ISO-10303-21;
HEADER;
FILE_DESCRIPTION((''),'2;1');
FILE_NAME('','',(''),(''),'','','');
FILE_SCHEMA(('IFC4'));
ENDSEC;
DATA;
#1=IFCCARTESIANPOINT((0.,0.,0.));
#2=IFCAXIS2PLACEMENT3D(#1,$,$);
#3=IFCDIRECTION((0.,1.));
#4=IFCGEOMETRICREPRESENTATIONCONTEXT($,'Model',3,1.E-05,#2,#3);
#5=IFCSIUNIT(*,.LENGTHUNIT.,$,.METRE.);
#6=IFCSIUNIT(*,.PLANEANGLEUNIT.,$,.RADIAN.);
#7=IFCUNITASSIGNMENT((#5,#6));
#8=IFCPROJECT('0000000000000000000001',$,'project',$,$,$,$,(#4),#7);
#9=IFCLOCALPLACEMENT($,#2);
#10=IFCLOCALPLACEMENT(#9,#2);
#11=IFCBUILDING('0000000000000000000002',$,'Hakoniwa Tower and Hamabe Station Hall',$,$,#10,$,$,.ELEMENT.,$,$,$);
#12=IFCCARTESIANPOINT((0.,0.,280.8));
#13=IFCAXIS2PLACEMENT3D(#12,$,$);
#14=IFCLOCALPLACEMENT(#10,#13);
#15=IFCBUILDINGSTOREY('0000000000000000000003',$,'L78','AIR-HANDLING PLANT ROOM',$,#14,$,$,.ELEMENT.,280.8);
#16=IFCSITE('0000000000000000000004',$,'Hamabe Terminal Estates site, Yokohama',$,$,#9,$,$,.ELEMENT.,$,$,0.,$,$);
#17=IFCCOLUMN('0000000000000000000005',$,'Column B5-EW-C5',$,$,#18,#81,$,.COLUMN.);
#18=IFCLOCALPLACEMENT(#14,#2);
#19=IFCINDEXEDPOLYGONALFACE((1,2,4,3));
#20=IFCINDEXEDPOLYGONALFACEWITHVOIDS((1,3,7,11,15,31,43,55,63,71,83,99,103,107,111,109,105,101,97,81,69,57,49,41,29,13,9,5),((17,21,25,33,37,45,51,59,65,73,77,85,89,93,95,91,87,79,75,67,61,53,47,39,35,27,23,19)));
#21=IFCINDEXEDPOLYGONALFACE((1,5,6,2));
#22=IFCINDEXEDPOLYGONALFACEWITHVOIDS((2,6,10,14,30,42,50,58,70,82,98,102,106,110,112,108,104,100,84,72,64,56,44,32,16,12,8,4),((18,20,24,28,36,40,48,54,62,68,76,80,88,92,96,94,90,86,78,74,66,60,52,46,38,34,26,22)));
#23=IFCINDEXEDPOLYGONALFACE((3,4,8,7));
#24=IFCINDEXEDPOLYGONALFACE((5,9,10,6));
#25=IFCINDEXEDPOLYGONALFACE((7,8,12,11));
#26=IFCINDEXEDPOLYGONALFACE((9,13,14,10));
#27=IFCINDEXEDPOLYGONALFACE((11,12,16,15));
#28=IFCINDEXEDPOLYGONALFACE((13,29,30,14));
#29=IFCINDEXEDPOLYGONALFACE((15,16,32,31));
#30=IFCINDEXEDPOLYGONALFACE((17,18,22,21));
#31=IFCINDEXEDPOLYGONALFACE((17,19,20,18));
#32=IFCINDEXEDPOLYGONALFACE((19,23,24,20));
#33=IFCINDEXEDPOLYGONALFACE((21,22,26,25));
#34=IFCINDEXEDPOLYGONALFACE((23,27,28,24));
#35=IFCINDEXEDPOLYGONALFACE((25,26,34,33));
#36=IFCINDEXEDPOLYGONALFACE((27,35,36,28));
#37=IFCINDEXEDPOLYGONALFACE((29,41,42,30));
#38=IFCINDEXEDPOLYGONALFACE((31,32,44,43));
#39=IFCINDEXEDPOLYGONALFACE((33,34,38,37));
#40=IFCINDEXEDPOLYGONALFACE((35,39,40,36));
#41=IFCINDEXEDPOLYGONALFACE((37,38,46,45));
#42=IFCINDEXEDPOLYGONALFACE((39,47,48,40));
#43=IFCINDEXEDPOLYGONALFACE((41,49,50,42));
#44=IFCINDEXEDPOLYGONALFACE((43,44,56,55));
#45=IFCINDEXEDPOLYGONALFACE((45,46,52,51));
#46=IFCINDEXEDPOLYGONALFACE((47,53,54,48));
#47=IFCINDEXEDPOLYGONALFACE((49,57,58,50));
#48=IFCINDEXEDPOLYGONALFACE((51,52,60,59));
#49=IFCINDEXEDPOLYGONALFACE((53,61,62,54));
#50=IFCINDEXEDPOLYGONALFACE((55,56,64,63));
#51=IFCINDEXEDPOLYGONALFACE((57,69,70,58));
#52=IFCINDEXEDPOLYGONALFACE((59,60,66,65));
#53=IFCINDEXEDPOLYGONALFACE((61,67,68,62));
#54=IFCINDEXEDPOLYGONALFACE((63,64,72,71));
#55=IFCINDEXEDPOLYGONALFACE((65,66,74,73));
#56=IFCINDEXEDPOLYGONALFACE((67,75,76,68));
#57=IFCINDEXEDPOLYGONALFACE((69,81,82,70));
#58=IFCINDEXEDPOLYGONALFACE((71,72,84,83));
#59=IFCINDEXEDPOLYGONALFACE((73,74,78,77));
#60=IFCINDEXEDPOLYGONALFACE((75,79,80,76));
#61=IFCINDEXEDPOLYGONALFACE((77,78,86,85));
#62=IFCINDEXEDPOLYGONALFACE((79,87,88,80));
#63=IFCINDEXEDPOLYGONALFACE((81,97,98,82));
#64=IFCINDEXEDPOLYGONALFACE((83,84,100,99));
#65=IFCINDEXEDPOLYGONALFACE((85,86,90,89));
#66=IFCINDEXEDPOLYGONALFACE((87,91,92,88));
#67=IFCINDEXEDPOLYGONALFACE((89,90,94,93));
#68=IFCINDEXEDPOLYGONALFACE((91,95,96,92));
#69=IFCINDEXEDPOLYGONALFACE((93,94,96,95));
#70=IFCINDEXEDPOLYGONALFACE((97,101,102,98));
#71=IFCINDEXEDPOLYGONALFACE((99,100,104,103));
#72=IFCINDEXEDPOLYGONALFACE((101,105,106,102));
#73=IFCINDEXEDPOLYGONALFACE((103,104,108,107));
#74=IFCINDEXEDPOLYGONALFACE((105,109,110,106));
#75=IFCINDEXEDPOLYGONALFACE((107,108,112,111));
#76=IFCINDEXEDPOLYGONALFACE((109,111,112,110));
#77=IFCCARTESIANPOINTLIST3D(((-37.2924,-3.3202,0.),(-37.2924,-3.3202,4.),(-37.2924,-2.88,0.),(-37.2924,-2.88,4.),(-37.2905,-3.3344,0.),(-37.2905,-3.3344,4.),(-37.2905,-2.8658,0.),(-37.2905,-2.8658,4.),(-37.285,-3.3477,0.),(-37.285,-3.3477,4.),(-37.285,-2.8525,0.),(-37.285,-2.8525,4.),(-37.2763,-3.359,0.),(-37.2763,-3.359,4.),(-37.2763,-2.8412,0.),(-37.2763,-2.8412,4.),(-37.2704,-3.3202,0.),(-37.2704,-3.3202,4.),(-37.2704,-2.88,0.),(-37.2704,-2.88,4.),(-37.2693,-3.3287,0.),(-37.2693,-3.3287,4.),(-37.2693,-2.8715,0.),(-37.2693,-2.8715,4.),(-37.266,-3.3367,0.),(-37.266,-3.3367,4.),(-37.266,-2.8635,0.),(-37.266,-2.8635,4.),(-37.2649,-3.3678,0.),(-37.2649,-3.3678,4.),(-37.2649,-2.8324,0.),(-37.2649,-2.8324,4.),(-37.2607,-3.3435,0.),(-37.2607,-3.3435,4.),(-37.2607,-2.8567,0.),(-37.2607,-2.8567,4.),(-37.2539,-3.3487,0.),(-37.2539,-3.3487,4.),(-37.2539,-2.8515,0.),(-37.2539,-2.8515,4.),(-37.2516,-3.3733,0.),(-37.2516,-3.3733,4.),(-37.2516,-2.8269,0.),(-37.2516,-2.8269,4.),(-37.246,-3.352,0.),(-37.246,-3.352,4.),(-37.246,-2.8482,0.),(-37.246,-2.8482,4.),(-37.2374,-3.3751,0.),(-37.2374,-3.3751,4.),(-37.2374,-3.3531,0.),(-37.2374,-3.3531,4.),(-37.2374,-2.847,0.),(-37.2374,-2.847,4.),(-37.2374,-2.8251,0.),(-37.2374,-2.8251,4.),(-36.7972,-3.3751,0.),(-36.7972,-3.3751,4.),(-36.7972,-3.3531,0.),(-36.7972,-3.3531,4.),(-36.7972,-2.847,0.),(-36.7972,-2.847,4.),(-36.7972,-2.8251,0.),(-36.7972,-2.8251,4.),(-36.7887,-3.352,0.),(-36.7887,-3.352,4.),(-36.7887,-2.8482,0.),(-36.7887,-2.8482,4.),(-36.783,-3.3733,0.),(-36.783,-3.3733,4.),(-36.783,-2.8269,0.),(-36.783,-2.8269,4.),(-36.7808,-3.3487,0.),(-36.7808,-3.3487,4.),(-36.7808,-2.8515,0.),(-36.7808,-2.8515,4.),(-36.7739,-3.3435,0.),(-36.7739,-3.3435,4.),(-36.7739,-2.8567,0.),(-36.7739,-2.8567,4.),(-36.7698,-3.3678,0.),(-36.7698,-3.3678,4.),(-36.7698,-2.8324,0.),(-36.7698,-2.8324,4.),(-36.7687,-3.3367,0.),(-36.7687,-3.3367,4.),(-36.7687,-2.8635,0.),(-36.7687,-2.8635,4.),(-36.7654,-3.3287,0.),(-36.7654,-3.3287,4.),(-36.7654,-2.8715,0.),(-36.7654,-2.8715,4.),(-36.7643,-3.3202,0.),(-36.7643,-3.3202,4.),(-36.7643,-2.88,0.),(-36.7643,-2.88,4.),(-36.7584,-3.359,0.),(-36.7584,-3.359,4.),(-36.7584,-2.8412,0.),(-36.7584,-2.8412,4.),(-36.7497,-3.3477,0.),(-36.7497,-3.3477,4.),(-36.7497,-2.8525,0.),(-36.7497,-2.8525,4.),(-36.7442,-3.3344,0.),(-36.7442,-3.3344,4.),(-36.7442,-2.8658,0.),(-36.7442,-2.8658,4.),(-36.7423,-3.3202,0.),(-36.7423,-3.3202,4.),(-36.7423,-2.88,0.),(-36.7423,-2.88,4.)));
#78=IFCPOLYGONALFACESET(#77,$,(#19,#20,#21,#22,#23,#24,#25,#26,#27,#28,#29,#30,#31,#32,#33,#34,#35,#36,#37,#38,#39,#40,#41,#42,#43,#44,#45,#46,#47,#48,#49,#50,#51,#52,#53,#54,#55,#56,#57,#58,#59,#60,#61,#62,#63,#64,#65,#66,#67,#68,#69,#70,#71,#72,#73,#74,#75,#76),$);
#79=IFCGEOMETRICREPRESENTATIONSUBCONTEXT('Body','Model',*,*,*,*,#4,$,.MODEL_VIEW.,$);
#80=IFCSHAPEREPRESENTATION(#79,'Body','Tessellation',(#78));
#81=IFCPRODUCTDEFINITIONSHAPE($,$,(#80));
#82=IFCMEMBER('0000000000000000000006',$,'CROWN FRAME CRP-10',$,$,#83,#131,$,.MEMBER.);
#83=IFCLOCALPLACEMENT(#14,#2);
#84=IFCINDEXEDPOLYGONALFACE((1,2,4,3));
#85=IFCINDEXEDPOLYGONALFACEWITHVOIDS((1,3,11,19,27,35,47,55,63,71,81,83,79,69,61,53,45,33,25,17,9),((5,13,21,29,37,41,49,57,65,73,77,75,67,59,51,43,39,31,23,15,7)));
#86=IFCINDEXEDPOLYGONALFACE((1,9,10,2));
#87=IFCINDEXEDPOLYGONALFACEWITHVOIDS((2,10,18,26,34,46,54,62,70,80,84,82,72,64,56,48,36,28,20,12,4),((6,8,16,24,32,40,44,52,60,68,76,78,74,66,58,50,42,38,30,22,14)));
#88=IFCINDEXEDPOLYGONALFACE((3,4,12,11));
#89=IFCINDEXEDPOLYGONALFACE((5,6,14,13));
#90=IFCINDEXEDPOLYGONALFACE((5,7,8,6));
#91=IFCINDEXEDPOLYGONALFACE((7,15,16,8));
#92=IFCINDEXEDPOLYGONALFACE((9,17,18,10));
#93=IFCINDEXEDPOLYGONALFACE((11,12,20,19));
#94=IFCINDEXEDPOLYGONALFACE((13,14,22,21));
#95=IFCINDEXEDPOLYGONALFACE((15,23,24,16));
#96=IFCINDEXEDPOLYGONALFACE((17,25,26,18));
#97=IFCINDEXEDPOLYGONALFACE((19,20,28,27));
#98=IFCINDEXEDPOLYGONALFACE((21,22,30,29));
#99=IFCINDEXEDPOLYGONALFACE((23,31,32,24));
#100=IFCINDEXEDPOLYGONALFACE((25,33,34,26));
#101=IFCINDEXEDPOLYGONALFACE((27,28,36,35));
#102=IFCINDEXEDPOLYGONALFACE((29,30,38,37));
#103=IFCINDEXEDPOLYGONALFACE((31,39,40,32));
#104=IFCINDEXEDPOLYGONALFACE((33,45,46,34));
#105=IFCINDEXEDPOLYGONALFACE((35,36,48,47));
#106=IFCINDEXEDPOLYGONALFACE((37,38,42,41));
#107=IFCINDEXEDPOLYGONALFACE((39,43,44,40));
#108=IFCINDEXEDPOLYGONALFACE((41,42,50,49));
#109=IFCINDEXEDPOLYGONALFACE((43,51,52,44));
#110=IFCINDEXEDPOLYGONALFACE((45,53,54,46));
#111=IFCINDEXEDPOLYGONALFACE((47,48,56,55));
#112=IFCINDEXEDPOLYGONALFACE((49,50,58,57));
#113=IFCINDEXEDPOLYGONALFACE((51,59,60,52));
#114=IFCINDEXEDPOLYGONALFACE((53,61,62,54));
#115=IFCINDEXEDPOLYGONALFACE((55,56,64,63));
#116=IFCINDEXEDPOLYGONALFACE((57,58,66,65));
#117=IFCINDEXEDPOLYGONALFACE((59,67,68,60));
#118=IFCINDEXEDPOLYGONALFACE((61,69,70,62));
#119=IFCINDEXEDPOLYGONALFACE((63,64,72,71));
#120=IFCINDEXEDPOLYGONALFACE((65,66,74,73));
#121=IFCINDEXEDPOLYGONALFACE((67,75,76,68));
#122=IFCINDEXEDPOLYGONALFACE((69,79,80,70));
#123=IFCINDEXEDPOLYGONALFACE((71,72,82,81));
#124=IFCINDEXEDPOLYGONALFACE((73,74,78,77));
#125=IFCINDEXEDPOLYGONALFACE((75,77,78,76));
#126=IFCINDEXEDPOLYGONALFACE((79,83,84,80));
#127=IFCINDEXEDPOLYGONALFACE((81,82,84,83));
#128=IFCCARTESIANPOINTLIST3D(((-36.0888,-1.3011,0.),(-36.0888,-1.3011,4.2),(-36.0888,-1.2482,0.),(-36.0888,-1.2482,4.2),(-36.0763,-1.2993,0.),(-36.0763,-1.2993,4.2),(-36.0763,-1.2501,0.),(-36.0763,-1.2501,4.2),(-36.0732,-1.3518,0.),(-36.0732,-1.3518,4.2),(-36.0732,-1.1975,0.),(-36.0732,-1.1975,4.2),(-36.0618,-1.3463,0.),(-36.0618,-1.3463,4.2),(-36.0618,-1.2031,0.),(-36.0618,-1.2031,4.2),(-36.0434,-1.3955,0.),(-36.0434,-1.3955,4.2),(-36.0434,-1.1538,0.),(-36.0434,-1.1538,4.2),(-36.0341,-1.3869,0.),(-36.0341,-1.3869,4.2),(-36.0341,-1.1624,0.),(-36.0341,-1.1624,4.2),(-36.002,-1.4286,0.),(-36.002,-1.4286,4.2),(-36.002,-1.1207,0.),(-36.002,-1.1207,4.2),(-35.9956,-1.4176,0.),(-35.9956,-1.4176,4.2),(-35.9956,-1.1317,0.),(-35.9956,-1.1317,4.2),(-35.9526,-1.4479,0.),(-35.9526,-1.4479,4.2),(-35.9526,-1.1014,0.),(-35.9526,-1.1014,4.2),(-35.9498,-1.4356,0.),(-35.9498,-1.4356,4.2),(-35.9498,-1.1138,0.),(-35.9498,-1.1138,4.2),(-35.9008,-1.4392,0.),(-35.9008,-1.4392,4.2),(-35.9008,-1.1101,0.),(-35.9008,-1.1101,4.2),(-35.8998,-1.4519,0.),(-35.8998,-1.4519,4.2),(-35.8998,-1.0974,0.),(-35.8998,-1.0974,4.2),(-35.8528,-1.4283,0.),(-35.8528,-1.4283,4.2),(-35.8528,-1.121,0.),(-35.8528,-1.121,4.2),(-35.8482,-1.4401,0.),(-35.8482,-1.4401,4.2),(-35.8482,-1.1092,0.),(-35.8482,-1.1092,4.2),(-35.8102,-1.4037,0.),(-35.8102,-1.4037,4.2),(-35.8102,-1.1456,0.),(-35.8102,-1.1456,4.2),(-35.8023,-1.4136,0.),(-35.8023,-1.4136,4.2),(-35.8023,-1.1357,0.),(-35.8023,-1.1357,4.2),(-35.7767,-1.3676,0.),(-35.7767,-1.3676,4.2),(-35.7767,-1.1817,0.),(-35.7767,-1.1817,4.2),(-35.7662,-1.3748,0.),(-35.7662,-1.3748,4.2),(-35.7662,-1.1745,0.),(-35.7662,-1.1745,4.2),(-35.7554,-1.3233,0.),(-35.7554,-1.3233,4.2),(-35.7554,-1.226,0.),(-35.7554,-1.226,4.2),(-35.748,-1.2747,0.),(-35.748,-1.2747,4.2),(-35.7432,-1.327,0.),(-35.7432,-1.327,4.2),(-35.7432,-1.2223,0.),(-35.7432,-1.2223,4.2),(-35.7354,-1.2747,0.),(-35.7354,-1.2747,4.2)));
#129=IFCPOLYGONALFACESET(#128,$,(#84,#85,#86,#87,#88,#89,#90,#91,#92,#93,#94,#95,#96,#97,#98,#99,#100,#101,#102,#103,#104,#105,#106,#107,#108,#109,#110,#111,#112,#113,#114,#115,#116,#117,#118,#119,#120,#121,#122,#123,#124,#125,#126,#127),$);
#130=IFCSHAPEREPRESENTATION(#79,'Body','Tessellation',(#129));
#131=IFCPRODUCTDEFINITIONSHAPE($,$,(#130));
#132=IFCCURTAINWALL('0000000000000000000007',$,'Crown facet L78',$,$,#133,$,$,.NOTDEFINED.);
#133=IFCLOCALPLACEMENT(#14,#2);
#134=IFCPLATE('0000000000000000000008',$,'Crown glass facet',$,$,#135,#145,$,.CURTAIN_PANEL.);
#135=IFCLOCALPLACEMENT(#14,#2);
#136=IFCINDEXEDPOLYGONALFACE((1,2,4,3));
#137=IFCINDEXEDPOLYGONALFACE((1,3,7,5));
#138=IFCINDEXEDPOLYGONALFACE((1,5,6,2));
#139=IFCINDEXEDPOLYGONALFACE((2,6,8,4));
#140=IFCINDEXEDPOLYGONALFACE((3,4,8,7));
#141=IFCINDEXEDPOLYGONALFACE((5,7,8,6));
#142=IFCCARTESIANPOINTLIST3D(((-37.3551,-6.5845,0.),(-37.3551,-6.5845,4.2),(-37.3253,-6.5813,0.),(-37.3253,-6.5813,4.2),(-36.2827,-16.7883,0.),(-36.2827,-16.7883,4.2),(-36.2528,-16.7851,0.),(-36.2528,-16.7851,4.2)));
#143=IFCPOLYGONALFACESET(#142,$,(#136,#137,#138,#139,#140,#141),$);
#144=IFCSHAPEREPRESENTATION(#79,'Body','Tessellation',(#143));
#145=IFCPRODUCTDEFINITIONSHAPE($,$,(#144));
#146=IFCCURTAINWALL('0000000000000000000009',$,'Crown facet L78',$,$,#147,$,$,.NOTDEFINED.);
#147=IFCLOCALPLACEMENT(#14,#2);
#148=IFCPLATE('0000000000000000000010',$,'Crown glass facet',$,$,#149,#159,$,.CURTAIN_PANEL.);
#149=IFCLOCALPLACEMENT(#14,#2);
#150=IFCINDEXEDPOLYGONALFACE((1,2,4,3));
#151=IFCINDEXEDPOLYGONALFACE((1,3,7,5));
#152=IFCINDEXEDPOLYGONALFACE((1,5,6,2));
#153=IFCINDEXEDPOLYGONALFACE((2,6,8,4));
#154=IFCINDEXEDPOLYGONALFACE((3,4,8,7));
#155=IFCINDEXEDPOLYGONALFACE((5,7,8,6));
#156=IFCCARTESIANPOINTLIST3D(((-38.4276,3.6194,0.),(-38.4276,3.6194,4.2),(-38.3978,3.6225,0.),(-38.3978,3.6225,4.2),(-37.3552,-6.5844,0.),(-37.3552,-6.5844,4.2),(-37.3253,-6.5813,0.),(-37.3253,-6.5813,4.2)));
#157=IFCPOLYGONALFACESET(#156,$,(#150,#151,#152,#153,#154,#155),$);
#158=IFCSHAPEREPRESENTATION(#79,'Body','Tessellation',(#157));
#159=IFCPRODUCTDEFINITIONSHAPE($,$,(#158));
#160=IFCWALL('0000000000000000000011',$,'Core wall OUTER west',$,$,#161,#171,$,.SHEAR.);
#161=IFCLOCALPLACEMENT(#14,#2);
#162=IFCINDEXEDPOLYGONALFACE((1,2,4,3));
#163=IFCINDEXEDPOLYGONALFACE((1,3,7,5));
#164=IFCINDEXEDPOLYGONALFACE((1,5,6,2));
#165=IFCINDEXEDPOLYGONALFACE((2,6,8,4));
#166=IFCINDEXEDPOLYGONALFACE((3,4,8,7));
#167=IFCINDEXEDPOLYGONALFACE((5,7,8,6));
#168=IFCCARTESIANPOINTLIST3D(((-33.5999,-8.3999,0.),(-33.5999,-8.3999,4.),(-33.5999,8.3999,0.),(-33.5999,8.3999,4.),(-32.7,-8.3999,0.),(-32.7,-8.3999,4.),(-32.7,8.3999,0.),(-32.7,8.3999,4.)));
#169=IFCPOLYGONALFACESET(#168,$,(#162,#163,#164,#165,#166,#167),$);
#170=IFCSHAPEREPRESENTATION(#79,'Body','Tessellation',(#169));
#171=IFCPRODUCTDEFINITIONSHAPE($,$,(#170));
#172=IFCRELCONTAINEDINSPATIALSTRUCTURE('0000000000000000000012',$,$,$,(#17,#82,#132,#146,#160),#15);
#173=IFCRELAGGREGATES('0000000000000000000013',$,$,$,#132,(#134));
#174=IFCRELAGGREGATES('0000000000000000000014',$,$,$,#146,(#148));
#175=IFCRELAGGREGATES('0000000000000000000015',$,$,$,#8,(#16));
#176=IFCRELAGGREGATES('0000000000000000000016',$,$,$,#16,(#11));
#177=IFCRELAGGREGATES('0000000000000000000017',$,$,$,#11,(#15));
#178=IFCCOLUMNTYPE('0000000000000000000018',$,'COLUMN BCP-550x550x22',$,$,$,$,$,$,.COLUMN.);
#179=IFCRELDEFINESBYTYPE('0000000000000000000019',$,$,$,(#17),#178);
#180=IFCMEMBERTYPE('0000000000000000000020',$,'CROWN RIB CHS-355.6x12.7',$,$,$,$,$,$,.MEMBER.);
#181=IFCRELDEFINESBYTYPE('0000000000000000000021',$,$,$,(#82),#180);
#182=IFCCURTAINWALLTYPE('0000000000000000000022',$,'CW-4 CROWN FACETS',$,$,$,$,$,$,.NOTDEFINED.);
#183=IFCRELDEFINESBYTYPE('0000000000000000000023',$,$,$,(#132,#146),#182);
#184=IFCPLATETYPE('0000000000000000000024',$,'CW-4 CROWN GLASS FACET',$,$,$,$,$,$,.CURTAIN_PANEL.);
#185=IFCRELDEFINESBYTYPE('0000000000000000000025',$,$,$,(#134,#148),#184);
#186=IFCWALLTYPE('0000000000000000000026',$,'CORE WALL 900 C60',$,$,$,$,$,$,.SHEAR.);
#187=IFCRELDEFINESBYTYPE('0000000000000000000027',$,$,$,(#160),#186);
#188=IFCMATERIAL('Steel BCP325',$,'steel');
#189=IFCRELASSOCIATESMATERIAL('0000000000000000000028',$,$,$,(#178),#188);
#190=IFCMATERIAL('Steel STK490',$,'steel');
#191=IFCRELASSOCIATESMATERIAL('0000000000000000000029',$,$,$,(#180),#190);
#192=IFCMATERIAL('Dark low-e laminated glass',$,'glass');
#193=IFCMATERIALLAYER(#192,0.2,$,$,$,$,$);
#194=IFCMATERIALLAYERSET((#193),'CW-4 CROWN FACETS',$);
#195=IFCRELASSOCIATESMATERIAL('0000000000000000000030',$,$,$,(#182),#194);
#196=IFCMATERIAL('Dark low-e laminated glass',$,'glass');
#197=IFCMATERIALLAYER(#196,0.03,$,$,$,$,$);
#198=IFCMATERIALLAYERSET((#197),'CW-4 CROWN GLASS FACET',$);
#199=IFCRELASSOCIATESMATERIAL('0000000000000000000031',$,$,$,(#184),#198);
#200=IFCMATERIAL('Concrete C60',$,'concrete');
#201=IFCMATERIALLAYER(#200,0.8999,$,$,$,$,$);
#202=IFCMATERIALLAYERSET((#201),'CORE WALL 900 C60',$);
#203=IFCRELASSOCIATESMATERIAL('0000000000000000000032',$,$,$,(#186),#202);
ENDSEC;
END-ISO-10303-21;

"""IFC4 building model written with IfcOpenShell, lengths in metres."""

from ifc_helpers import new_model, si_unit, direction, frame, frame_2d, origin, origin_2d, place, context, subcontext, project, spatial, rectangle, hollow_rectangle, hollow_circle, extrude, material, layer, layer_set, material_profile, profile_set, type_object, element, aggregate, save


model = new_model("IFC4")

# Units and contexts
model_context = context("Model", 3, precision=1e-05, world=origin(), true_north=direction((0.0, 1.0)))
body_context = subcontext(model_context, "Body", "Model", "MODEL_VIEW")
ifc_project = project(units=[si_unit("LENGTHUNIT", "METRE"), si_unit("PLANEANGLEUNIT", "RADIAN")], contexts=[model_context])

# Site, building, storey
site_placement = place(None, origin())
site = spatial("IfcSite", under=ifc_project, at=site_placement, Name="Hamabe Terminal Estates site, Yokohama", CompositionType="ELEMENT", RefElevation=0.0)
building_placement = place(site_placement, origin())
building = spatial("IfcBuilding", under=site, at=building_placement, Name="Hakoniwa Tower and Hamabe Station Hall", CompositionType="ELEMENT")
storey_placement = place(building_placement, frame((0.0, 0.0, 280.8)))
storey = spatial("IfcBuildingStorey", under=building, at=storey_placement, Name="L78", Description="AIR-HANDLING PLANT ROOM", CompositionType="ELEMENT", Elevation=280.8)

# Column
ifc_material_1 = material(Name="Steel BCP325", Category="steel")
ifc_material_profile_1 = material_profile(ifc_material_1, hollow_rectangle(XDim=0.55, YDim=0.55, WallThickness=0.022, InnerFilletRadius=0.033, OuterFilletRadius=0.0549, at=origin_2d()), Name="BCP-550x550x22")
ifc_profile_set_1 = profile_set([ifc_material_profile_1], Name="Steel BCP325")
column_type = type_object("IfcColumnType", Name="COLUMN BCP-550x550x22", PredefinedType="COLUMN", material=ifc_profile_set_1)
column_placement = place(storey_placement, frame((-37.0173, -3.1001, 0.0), z_axis=(0.0, 0.0, 1.0), x_axis=(1.0, 0.0, 0.0)))
element("IfcColumn", 1, at=column_placement, inside=storey, type_object=column_type, Name="Column B5-EW-C5", PredefinedType="COLUMN", context=body_context, shape_type="SweptSolid", body=[
    extrude(hollow_rectangle(XDim=0.55, YDim=0.55, WallThickness=0.022, InnerFilletRadius=0.033, OuterFilletRadius=0.0549, at=origin_2d()), origin(), (0.0, 0.0, 1.0), 4.0),
])

# Member
ifc_material_2 = material(Name="Steel STK490", Category="steel")
ifc_material_profile_2 = material_profile(ifc_material_2, hollow_circle(Radius=0.1777, WallThickness=0.0127, at=origin_2d()), Name="CHS-355.6x12.7")
ifc_profile_set_2 = profile_set([ifc_material_profile_2], Name="Steel STK490")
member_type = type_object("IfcMemberType", Name="CROWN RIB CHS-355.6x12.7", PredefinedType="MEMBER", material=ifc_profile_set_2)
member_placement = place(storey_placement, frame((-35.9131, -1.2747, 0.0), z_axis=(0.0, 0.0, 1.0), x_axis=(1.0, 0.0, 0.0)))
element("IfcMember", 2, at=member_placement, inside=storey, type_object=member_type, Name="CROWN FRAME CRP-10", PredefinedType="MEMBER", context=body_context, shape_type="SweptSolid", body=[
    extrude(hollow_circle(Radius=0.1777, WallThickness=0.0127, at=origin_2d()), origin(), (0.0, 0.0, 1.0), 4.2),
])

# Curtain walls, plates
ifc_material_3 = material(Name="Dark low-e laminated glass", Category="glass")
ifc_layer_1 = layer(ifc_material_3, 0.2)
ifc_layer_set_1 = layer_set([ifc_layer_1], Name="CW-4 CROWN FACETS")
curtain_wall_type = type_object("IfcCurtainWallType", Name="CW-4 CROWN FACETS", PredefinedType="NOTDEFINED", material=ifc_layer_set_1)
curtain_wall_1_placement = place(storey_placement, origin())
curtain_wall_1 = element("IfcCurtainWall", 3, at=curtain_wall_1_placement, inside=storey, type_object=curtain_wall_type, Name="Crown facet L78", PredefinedType="NOTDEFINED")
ifc_material_4 = material(Name="Dark low-e laminated glass", Category="glass")
ifc_layer_2 = layer(ifc_material_4, 0.03)
ifc_layer_set_2 = layer_set([ifc_layer_2], Name="CW-4 CROWN GLASS FACET")
plate_type = type_object("IfcPlateType", Name="CW-4 CROWN GLASS FACET", PredefinedType="CURTAIN_PANEL", material=ifc_layer_set_2)
plate_1_placement = place(storey_placement, frame((-36.804, -11.6848, 0.0), z_axis=(0.0, 0.0, 1.0), x_axis=(0.104528, -0.994522, 0.0)))
plate_1 = element("IfcPlate", 4, at=plate_1_placement, type_object=plate_type, Name="Crown glass facet", PredefinedType="CURTAIN_PANEL", context=body_context, shape_type="SweptSolid", body=[
    extrude(rectangle(XDim=10.26, YDim=0.03, at=origin_2d()), origin(), (0.0, 0.0, 1.0), 4.2),
])
aggregate(curtain_wall_1, [plate_1])
curtain_wall_2_placement = place(storey_placement, origin())
curtain_wall_2 = element("IfcCurtainWall", 5, at=curtain_wall_2_placement, inside=storey, type_object=curtain_wall_type, Name="Crown facet L78", PredefinedType="NOTDEFINED")
plate_2_placement = place(storey_placement, frame((-37.8765, -1.481, 0.0), z_axis=(0.0, 0.0, 1.0), x_axis=(0.104528, -0.994522, 0.0)))
plate_2 = element("IfcPlate", 6, at=plate_2_placement, type_object=plate_type, Name="Crown glass facet", PredefinedType="CURTAIN_PANEL", context=body_context, shape_type="SweptSolid", body=[
    extrude(rectangle(XDim=10.26, YDim=0.03, at=origin_2d()), origin(), (0.0, 0.0, 1.0), 4.2),
])
aggregate(curtain_wall_2, [plate_2])

# Wall
ifc_material_5 = material(Name="Concrete C60", Category="concrete")
ifc_layer_3 = layer(ifc_material_5, 0.8999)
ifc_layer_set_3 = layer_set([ifc_layer_3], Name="CORE WALL 900 C60")
wall_type_1 = type_object("IfcWallType", Name="CORE WALL 900 C60", PredefinedType="SHEAR", material=ifc_layer_set_3)
wall_1_placement = place(storey_placement, frame((-33.1499, -8.3999, 0.0), z_axis=(0.0, 0.0, 1.0), x_axis=(0.0, 1.0, 0.0)))
element("IfcWall", 7, at=wall_1_placement, inside=storey, type_object=wall_type_1, Name="Core wall OUTER west", PredefinedType="SHEAR", context=body_context, shape_type="SweptSolid", body=[
    extrude(rectangle(XDim=16.7998, YDim=0.8999, at=frame_2d((8.3999, 0.0))), origin(), (0.0, 0.0, 1.0), 4.0),
])

save(model, "model.ifc")
